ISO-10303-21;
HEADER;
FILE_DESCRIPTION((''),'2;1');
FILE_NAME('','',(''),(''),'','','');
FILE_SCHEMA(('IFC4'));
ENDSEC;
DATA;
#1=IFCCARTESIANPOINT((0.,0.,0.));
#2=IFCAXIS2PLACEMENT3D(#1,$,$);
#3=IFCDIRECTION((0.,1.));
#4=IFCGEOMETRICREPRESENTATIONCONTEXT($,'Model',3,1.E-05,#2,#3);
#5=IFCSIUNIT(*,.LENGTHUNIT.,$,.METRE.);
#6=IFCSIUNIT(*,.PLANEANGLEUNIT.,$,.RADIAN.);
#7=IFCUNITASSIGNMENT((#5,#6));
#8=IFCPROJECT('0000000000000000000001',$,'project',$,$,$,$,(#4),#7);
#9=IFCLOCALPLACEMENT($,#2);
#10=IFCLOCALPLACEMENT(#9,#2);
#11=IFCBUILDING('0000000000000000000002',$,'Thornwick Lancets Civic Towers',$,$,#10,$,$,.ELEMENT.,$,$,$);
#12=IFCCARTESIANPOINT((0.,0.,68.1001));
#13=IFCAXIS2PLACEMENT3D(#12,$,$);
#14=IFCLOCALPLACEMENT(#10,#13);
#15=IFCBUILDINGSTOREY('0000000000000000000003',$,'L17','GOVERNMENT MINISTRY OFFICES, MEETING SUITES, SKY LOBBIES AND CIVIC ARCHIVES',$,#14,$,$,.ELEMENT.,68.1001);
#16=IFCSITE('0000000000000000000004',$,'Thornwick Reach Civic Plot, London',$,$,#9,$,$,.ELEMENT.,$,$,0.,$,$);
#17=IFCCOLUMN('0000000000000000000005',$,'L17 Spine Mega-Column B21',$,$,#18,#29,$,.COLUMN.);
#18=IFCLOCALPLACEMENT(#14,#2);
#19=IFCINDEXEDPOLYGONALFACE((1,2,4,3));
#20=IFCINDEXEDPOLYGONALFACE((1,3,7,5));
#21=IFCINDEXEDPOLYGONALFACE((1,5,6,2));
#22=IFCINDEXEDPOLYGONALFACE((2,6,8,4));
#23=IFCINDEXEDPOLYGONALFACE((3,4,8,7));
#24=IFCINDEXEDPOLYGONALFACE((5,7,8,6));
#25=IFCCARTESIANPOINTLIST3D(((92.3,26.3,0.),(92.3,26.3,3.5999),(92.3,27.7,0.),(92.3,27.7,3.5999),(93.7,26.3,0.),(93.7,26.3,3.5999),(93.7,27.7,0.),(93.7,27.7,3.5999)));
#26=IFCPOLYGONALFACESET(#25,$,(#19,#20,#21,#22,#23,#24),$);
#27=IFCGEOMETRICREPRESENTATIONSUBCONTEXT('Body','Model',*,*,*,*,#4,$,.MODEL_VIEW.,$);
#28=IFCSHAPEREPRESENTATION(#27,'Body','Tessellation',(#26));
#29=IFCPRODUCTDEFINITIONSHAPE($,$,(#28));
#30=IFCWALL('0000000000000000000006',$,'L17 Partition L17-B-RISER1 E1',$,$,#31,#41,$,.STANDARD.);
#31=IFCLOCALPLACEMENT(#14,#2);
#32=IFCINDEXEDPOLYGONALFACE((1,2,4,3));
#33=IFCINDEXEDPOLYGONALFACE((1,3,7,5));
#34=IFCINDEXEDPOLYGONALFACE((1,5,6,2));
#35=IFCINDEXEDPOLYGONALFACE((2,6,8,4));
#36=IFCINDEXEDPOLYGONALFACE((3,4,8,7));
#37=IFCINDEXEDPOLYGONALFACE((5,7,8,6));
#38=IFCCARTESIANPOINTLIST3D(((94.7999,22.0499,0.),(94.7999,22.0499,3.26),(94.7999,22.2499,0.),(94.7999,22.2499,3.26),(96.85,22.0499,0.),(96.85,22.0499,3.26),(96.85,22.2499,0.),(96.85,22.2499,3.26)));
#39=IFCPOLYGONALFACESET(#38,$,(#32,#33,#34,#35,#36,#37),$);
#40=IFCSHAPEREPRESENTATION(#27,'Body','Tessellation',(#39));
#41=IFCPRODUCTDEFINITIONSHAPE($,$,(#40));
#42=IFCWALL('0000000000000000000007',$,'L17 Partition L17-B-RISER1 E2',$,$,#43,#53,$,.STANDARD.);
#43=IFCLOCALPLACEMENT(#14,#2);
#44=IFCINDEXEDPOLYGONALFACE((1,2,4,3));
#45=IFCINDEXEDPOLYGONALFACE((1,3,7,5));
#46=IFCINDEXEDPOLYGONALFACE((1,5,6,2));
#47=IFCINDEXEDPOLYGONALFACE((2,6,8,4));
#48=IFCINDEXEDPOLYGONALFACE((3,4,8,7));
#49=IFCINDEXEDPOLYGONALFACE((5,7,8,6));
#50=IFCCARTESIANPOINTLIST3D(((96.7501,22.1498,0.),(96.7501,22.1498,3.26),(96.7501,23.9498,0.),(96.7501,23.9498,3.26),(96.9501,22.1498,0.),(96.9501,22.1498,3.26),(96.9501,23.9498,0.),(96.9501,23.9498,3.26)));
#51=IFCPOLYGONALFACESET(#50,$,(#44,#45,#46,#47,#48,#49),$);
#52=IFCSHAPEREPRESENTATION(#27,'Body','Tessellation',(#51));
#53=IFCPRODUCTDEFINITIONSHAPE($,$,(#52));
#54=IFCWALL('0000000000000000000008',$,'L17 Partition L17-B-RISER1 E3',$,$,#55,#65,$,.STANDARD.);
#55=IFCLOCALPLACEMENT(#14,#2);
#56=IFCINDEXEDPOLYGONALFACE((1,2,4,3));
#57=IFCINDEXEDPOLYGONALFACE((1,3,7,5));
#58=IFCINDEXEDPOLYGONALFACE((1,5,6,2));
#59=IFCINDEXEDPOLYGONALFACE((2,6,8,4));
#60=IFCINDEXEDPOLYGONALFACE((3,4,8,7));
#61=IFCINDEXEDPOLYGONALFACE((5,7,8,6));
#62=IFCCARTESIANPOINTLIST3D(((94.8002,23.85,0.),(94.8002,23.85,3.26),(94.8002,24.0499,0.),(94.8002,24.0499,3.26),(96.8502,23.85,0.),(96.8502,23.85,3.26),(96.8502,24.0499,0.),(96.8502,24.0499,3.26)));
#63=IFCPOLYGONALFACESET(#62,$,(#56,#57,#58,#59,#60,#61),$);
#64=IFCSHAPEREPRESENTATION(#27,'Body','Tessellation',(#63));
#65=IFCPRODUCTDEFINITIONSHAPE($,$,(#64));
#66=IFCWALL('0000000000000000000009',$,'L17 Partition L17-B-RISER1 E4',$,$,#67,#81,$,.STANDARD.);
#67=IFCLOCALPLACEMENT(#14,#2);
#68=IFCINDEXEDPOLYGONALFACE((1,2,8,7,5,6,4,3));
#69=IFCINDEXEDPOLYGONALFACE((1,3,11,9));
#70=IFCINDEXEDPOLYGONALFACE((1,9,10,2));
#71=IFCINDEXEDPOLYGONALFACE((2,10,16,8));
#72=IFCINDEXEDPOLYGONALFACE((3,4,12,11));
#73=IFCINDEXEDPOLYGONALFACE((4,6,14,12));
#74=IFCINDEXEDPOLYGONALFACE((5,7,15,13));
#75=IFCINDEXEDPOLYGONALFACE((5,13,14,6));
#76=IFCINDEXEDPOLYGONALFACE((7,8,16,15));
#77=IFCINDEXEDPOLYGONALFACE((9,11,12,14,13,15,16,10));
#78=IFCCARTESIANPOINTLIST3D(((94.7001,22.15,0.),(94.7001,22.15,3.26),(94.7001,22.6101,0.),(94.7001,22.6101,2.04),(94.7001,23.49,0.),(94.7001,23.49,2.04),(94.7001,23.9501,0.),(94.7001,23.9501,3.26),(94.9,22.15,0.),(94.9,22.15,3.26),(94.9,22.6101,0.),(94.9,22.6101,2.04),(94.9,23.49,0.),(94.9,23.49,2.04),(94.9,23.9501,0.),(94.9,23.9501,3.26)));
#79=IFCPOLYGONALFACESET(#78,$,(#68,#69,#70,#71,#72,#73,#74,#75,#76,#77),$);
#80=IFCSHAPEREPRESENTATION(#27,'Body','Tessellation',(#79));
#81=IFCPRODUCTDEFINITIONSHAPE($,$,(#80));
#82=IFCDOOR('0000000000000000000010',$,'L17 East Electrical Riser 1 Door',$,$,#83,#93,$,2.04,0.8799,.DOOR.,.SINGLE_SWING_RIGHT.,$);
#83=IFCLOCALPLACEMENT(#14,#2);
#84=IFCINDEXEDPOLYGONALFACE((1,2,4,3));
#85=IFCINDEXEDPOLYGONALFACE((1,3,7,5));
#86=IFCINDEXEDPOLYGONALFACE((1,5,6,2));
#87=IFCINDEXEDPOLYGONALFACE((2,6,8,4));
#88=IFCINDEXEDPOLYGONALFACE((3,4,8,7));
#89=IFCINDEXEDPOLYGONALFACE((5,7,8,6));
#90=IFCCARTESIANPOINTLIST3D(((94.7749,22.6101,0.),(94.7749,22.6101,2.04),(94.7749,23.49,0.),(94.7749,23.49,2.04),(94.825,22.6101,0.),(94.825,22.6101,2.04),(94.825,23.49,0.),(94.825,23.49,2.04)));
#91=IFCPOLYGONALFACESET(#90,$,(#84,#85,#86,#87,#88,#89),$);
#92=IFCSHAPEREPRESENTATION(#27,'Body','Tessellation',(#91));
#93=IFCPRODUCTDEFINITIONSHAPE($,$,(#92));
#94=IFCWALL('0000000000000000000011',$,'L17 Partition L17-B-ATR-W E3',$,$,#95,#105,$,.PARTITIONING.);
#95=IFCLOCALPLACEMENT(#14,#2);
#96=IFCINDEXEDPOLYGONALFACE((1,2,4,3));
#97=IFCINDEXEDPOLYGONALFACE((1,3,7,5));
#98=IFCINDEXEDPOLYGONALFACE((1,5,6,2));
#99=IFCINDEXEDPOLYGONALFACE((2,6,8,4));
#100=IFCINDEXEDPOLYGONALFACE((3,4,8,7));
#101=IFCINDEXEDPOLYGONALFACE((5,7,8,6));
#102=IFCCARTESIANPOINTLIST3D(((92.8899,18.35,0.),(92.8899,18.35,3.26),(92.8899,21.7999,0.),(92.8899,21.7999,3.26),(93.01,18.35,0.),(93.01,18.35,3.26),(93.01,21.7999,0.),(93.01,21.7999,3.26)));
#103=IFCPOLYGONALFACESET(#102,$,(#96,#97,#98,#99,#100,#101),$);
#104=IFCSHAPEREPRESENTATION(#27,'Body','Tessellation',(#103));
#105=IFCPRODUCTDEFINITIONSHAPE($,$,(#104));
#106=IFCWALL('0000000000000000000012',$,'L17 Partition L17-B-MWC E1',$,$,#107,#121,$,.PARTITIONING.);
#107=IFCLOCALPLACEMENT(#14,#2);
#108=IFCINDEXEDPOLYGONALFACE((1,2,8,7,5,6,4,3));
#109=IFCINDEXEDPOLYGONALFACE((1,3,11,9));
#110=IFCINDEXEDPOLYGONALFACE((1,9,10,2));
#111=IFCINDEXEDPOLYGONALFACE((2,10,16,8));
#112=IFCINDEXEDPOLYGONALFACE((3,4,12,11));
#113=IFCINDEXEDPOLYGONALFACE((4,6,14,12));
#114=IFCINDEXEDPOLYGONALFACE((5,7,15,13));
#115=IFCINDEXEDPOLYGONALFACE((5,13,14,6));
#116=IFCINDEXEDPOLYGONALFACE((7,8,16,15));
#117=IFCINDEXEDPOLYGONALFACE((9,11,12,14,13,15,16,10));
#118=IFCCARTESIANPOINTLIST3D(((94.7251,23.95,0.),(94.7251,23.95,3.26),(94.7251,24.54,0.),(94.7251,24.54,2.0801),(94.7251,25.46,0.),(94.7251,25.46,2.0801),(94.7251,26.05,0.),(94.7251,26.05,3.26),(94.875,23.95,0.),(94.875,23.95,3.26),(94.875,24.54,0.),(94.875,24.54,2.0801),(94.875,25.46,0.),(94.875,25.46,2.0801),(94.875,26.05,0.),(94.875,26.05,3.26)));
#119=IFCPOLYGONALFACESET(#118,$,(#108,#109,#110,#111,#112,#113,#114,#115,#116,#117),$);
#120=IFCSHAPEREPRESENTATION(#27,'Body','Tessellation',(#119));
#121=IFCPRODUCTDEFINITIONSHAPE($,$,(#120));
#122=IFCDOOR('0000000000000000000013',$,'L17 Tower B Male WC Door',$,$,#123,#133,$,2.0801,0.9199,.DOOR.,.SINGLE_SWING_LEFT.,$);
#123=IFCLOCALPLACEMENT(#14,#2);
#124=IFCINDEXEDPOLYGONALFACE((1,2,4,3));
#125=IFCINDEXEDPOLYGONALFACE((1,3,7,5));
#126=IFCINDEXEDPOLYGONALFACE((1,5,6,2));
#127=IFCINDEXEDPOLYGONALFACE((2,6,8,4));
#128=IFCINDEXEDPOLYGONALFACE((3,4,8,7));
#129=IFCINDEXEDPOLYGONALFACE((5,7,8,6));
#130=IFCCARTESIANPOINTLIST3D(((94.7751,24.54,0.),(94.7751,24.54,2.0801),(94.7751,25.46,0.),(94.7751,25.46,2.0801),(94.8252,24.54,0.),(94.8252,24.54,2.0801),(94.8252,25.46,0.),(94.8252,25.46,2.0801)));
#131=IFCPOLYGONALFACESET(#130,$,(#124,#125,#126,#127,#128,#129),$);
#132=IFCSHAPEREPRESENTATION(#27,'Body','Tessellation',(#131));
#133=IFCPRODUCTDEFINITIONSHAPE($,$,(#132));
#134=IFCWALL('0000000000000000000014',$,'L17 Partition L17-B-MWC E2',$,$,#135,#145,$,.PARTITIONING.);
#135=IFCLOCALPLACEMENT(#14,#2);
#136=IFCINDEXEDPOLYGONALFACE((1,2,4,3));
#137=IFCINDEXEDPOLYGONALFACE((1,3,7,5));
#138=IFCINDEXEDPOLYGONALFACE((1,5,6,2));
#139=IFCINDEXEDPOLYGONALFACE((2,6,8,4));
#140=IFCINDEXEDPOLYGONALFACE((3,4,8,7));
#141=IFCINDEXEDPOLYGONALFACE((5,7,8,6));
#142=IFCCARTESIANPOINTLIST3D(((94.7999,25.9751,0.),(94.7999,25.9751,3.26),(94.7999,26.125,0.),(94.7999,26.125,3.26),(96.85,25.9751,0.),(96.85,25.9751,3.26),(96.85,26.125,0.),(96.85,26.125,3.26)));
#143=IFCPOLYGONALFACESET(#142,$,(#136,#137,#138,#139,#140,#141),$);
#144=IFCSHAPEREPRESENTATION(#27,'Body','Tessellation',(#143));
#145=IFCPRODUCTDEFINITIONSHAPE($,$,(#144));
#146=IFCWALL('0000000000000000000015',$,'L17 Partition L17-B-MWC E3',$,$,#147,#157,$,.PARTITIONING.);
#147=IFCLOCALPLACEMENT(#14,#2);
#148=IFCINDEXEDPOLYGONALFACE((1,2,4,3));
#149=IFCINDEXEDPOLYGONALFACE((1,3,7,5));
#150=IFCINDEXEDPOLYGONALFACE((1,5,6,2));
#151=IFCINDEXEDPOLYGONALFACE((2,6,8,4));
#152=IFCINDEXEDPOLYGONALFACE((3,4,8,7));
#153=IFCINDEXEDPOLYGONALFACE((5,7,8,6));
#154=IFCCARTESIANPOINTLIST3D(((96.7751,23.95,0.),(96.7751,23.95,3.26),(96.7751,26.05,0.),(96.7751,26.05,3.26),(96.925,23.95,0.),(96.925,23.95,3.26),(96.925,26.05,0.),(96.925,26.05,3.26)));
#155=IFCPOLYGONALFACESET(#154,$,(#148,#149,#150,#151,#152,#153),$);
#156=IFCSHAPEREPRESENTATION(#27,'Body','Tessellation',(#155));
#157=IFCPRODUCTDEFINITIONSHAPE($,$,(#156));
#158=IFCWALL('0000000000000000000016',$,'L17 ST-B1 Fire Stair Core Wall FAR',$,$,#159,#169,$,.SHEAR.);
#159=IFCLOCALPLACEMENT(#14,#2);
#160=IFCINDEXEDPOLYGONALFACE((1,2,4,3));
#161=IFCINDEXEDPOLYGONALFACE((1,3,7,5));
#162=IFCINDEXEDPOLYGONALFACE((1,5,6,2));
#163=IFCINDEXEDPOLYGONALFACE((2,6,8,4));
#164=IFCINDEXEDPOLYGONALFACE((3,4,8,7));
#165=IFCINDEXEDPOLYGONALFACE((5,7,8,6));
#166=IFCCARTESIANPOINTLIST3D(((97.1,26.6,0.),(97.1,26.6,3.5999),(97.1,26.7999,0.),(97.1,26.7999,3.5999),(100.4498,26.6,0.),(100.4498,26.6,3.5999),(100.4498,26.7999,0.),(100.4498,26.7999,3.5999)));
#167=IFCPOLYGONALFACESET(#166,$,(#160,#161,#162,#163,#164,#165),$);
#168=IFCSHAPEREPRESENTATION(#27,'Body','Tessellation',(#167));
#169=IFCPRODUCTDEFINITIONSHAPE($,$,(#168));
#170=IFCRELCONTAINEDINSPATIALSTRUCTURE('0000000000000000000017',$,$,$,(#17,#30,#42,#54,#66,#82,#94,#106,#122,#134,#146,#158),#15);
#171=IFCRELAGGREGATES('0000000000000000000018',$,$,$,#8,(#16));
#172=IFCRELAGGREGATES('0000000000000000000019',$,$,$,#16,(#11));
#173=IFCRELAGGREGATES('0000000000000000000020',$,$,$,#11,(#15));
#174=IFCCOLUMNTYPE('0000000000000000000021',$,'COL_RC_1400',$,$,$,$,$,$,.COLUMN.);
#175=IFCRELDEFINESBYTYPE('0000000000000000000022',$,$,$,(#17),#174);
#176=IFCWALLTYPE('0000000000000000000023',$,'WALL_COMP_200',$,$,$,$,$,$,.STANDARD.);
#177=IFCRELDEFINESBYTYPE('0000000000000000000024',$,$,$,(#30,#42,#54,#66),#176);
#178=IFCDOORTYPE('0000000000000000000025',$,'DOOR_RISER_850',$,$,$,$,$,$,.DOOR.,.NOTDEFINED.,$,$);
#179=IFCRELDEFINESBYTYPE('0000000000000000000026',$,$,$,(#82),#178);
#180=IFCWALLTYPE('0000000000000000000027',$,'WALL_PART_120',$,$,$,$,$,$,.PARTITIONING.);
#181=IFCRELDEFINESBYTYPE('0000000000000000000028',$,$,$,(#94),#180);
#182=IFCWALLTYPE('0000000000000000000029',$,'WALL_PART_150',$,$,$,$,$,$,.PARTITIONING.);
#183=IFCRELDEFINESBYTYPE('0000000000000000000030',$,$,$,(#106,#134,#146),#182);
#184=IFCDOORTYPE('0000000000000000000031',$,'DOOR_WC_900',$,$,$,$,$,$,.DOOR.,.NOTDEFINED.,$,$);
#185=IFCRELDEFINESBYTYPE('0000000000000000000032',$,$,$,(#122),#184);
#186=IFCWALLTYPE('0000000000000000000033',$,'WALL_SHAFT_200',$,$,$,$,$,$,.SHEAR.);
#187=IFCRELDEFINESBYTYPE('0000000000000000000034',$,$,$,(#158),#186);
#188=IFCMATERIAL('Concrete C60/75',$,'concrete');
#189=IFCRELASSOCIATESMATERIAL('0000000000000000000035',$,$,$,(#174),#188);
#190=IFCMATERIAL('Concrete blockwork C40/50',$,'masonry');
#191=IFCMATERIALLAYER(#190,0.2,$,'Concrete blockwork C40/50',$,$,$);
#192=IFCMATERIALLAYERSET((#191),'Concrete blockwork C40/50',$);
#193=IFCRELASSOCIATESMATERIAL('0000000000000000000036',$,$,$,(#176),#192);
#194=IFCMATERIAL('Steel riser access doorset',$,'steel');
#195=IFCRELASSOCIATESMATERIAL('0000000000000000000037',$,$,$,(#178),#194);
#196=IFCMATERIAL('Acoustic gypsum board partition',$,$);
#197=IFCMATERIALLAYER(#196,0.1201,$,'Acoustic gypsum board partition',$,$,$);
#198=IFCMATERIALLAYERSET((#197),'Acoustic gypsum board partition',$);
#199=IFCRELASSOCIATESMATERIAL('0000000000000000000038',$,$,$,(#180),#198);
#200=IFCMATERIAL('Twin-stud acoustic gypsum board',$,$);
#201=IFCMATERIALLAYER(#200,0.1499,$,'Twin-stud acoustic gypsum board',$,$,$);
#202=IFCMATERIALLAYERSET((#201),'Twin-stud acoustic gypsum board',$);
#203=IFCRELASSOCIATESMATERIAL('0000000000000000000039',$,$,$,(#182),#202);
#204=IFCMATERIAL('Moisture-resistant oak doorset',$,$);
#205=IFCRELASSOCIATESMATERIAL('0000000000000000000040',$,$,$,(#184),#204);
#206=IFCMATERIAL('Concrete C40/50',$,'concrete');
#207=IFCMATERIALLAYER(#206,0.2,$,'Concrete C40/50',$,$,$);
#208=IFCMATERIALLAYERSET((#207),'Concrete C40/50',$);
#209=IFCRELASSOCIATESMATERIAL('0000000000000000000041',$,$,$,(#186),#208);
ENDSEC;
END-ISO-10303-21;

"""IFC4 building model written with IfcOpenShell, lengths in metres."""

from ifc_helpers import new_model, si_unit, direction, frame, frame_2d, origin, origin_2d, place, context, subcontext, project, spatial, rectangle, extrude, material, layer, layer_set, material_profile, profile_set, type_object, element, fill, save


model = new_model("IFC4")

# Units and contexts
model_context = context("Model", 3, precision=1e-05, world=origin(), true_north=direction((0.0, 1.0)))
body_context = subcontext(model_context, "Body", "Model", "MODEL_VIEW")
ifc_project = project(units=[si_unit("LENGTHUNIT", "METRE"), si_unit("PLANEANGLEUNIT", "RADIAN")], contexts=[model_context])

# Site, building, storey
site_placement = place(None, origin())
site = spatial("IfcSite", under=ifc_project, at=site_placement, Name="Thornwick Reach Civic Plot, London", CompositionType="ELEMENT", RefElevation=0.0)
building_placement = place(site_placement, origin())
building = spatial("IfcBuilding", under=site, at=building_placement, Name="Thornwick Lancets Civic Towers", CompositionType="ELEMENT")
storey_placement = place(building_placement, frame((0.0, 0.0, 68.1001)))
storey = spatial("IfcBuildingStorey", under=building, at=storey_placement, Name="L17", Description="GOVERNMENT MINISTRY OFFICES, MEETING SUITES, SKY LOBBIES AND CIVIC ARCHIVES", CompositionType="ELEMENT", Elevation=68.1001)

# Column
ifc_material_1 = material(Name="Concrete C60/75", Category="concrete")
ifc_material_profile = material_profile(ifc_material_1, rectangle(XDim=1.3999, YDim=1.3999, at=origin_2d()), Name="RC 1400x1400")
ifc_profile_set = profile_set([ifc_material_profile], Name="Concrete C60/75")
column_type = type_object("IfcColumnType", Name="COL_RC_1400", PredefinedType="COLUMN", material=ifc_profile_set)
column_placement = place(storey_placement, frame((93.0, 27.0, 0.0), z_axis=(0.0, 0.0, 1.0), x_axis=(1.0, 0.0, 0.0)))
element("IfcColumn", 1, at=column_placement, inside=storey, type_object=column_type, Name="L17 Spine Mega-Column B21", PredefinedType="COLUMN", context=body_context, shape_type="SweptSolid", body=[
    extrude(rectangle(XDim=1.3999, YDim=1.3999, at=origin_2d()), origin(), (0.0, 0.0, 1.0), 3.5999),
])

# Walls
ifc_material_2 = material(Name="Concrete blockwork C40/50", Category="masonry")
ifc_layer_1 = layer(ifc_material_2, 0.2, Name="Concrete blockwork C40/50")
ifc_layer_set_1 = layer_set([ifc_layer_1], Name="Concrete blockwork C40/50")
wall_type_1 = type_object("IfcWallType", Name="WALL_COMP_200", PredefinedType="STANDARD", material=ifc_layer_set_1)
wall_1_placement = place(storey_placement, frame((94.8, 22.1499, 0.0), z_axis=(0.0, 0.0, 1.0), x_axis=(1.0, 0.0, 0.0)))
element("IfcWall", 2, at=wall_1_placement, inside=storey, type_object=wall_type_1, Name="L17 Partition L17-B-RISER1 E1", PredefinedType="STANDARD", context=body_context, shape_type="SweptSolid", body=[
    extrude(rectangle(XDim=2.05, YDim=0.2, at=frame_2d((1.0249, 0.0))), origin(), (0.0, 0.0, 1.0), 3.26),
])
wall_2_placement = place(storey_placement, frame((96.8501, 22.1499, 0.0), z_axis=(0.0, 0.0, 1.0), x_axis=(0.0, 1.0, 0.0)))
element("IfcWall", 3, at=wall_2_placement, inside=storey, type_object=wall_type_1, Name="L17 Partition L17-B-RISER1 E2", PredefinedType="STANDARD", context=body_context, shape_type="SweptSolid", body=[
    extrude(rectangle(XDim=1.8, YDim=0.2, at=frame_2d((0.8999, 0.0))), origin(), (0.0, 0.0, 1.0), 3.26),
])
wall_3_placement = place(storey_placement, frame((96.8501, 23.95, 0.0), z_axis=(0.0, 0.0, 1.0), x_axis=(-1.0, 0.0, 0.0)))
element("IfcWall", 4, at=wall_3_placement, inside=storey, type_object=wall_type_1, Name="L17 Partition L17-B-RISER1 E3", PredefinedType="STANDARD", context=body_context, shape_type="SweptSolid", body=[
    extrude(rectangle(XDim=2.05, YDim=0.2, at=frame_2d((1.0249, 0.0))), origin(), (0.0, 0.0, 1.0), 3.26),
])

# Wall, opening, door
wall_4_placement = place(storey_placement, frame((94.8, 23.95, 0.0), z_axis=(0.0, 0.0, 1.0), x_axis=(0.0, -1.0, 0.0)))
wall_4 = element("IfcWall", 5, at=wall_4_placement, inside=storey, type_object=wall_type_1, Name="L17 Partition L17-B-RISER1 E4", PredefinedType="STANDARD", context=body_context, shape_type="SweptSolid", body=[
    extrude(rectangle(XDim=1.8, YDim=0.2, at=frame_2d((0.8999, 0.0))), origin(), (0.0, 0.0, 1.0), 3.26),
])
opening_1_placement = place(wall_4_placement, frame((0.46, 0.0, 0.0)))
opening_1 = element("IfcOpeningElement", 6, at=opening_1_placement, cuts=wall_4, PredefinedType="OPENING", context=body_context, shape_type="SweptSolid", body=[
    extrude(rectangle(XDim=0.8799, YDim=2.04, at=frame_2d((0.4399, 1.02))), frame((0.0, 0.1099, 0.0), z_axis=(0.0, -1.0, 0.0), x_axis=(1.0, 0.0, 0.0)), (0.0, 0.0, 1.0), 0.22),
])
ifc_material_3 = material(Name="Steel riser access doorset", Category="steel")
door_type_1 = type_object("IfcDoorType", Name="DOOR_RISER_850", OperationType="NOTDEFINED", PredefinedType="DOOR", material=ifc_material_3)
door_1_placement = place(opening_1_placement, origin())
door_1 = element("IfcDoor", 7, at=door_1_placement, inside=storey, type_object=door_type_1, Name="L17 East Electrical Riser 1 Door", OperationType="SINGLE_SWING_RIGHT", OverallHeight=2.04, OverallWidth=0.8799, PredefinedType="DOOR", context=body_context, shape_type="SweptSolid", body=[
    extrude(rectangle(XDim=0.8799, YDim=2.04, at=frame_2d((0.4399, 1.02))), frame((0.0, 0.0249, 0.0), z_axis=(0.0, -1.0, 0.0), x_axis=(1.0, 0.0, 0.0)), (0.0, 0.0, 1.0), 0.05),
])
fill(opening_1, door_1)

# Wall
ifc_material_4 = material(Name="Acoustic gypsum board partition")
ifc_layer_2 = layer(ifc_material_4, 0.1201, Name="Acoustic gypsum board partition")
ifc_layer_set_2 = layer_set([ifc_layer_2], Name="Acoustic gypsum board partition")
wall_type_2 = type_object("IfcWallType", Name="WALL_PART_120", PredefinedType="PARTITIONING", material=ifc_layer_set_2)
wall_5_placement = place(storey_placement, frame((92.95, 21.8, 0.0), z_axis=(0.0, 0.0, 1.0), x_axis=(0.0, -1.0, 0.0)))
element("IfcWall", 8, at=wall_5_placement, inside=storey, type_object=wall_type_2, Name="L17 Partition L17-B-ATR-W E3", PredefinedType="PARTITIONING", context=body_context, shape_type="SweptSolid", body=[
    extrude(rectangle(XDim=3.45, YDim=0.1201, at=frame_2d((1.7251, 0.0))), origin(), (0.0, 0.0, 1.0), 3.26),
])

# Wall, opening, door
ifc_material_5 = material(Name="Twin-stud acoustic gypsum board")
ifc_layer_3 = layer(ifc_material_5, 0.1499, Name="Twin-stud acoustic gypsum board")
ifc_layer_set_3 = layer_set([ifc_layer_3], Name="Twin-stud acoustic gypsum board")
wall_type_3 = type_object("IfcWallType", Name="WALL_PART_150", PredefinedType="PARTITIONING", material=ifc_layer_set_3)
wall_6_placement = place(storey_placement, frame((94.8, 23.95, 0.0), z_axis=(0.0, 0.0, 1.0), x_axis=(0.0, 1.0, 0.0)))
wall_6 = element("IfcWall", 9, at=wall_6_placement, inside=storey, type_object=wall_type_3, Name="L17 Partition L17-B-MWC E1", PredefinedType="PARTITIONING", context=body_context, shape_type="SweptSolid", body=[
    extrude(rectangle(XDim=2.1001, YDim=0.1499, at=frame_2d((1.05, 0.0))), origin(), (0.0, 0.0, 1.0), 3.26),
])
opening_2_placement = place(wall_6_placement, frame((0.5901, 0.0, 0.0)))
opening_2 = element("IfcOpeningElement", 10, at=opening_2_placement, cuts=wall_6, PredefinedType="OPENING", context=body_context, shape_type="SweptSolid", body=[
    extrude(rectangle(XDim=0.9199, YDim=2.0801, at=frame_2d((0.46, 1.04))), frame((0.0, 0.085, 0.0), z_axis=(0.0, -1.0, 0.0), x_axis=(1.0, 0.0, 0.0)), (0.0, 0.0, 1.0), 0.1699),
])
ifc_material_6 = material(Name="Moisture-resistant oak doorset")
door_type_2 = type_object("IfcDoorType", Name="DOOR_WC_900", OperationType="NOTDEFINED", PredefinedType="DOOR", material=ifc_material_6)
door_2_placement = place(opening_2_placement, origin())
door_2 = element("IfcDoor", 11, at=door_2_placement, inside=storey, type_object=door_type_2, Name="L17 Tower B Male WC Door", OperationType="SINGLE_SWING_LEFT", OverallHeight=2.0801, OverallWidth=0.9199, PredefinedType="DOOR", context=body_context, shape_type="SweptSolid", body=[
    extrude(rectangle(XDim=0.9199, YDim=2.0801, at=frame_2d((0.46, 1.04))), frame((0.0, 0.0249, 0.0), z_axis=(0.0, -1.0, 0.0), x_axis=(1.0, 0.0, 0.0)), (0.0, 0.0, 1.0), 0.05),
])
fill(opening_2, door_2)

# Walls
wall_7_placement = place(storey_placement, frame((94.8, 26.05, 0.0), z_axis=(0.0, 0.0, 1.0), x_axis=(1.0, 0.0, 0.0)))
element("IfcWall", 12, at=wall_7_placement, inside=storey, type_object=wall_type_3, Name="L17 Partition L17-B-MWC E2", PredefinedType="PARTITIONING", context=body_context, shape_type="SweptSolid", body=[
    extrude(rectangle(XDim=2.05, YDim=0.1499, at=frame_2d((1.0249, 0.0))), origin(), (0.0, 0.0, 1.0), 3.26),
])
wall_8_placement = place(storey_placement, frame((96.8501, 26.05, 0.0), z_axis=(0.0, 0.0, 1.0), x_axis=(0.0, -1.0, 0.0)))
element("IfcWall", 13, at=wall_8_placement, inside=storey, type_object=wall_type_3, Name="L17 Partition L17-B-MWC E3", PredefinedType="PARTITIONING", context=body_context, shape_type="SweptSolid", body=[
    extrude(rectangle(XDim=2.1001, YDim=0.1499, at=frame_2d((1.05, 0.0))), origin(), (0.0, 0.0, 1.0), 3.26),
])
ifc_material_7 = material(Name="Concrete C40/50", Category="concrete")
ifc_layer_4 = layer(ifc_material_7, 0.2, Name="Concrete C40/50")
ifc_layer_set_4 = layer_set([ifc_layer_4], Name="Concrete C40/50")
wall_type_4 = type_object("IfcWallType", Name="WALL_SHAFT_200", PredefinedType="SHEAR", material=ifc_layer_set_4)
wall_9_placement = place(storey_placement, frame((97.1001, 26.7, 0.0), z_axis=(0.0, 0.0, 1.0), x_axis=(1.0, 0.0, 0.0)))
element("IfcWall", 14, at=wall_9_placement, inside=storey, type_object=wall_type_4, Name="L17 ST-B1 Fire Stair Core Wall FAR", PredefinedType="SHEAR", context=body_context, shape_type="SweptSolid", body=[
    extrude(rectangle(XDim=3.3499, YDim=0.2, at=frame_2d((1.6748, 0.0))), origin(), (0.0, 0.0, 1.0), 3.5999),
])

save(model, "model.ifc")
